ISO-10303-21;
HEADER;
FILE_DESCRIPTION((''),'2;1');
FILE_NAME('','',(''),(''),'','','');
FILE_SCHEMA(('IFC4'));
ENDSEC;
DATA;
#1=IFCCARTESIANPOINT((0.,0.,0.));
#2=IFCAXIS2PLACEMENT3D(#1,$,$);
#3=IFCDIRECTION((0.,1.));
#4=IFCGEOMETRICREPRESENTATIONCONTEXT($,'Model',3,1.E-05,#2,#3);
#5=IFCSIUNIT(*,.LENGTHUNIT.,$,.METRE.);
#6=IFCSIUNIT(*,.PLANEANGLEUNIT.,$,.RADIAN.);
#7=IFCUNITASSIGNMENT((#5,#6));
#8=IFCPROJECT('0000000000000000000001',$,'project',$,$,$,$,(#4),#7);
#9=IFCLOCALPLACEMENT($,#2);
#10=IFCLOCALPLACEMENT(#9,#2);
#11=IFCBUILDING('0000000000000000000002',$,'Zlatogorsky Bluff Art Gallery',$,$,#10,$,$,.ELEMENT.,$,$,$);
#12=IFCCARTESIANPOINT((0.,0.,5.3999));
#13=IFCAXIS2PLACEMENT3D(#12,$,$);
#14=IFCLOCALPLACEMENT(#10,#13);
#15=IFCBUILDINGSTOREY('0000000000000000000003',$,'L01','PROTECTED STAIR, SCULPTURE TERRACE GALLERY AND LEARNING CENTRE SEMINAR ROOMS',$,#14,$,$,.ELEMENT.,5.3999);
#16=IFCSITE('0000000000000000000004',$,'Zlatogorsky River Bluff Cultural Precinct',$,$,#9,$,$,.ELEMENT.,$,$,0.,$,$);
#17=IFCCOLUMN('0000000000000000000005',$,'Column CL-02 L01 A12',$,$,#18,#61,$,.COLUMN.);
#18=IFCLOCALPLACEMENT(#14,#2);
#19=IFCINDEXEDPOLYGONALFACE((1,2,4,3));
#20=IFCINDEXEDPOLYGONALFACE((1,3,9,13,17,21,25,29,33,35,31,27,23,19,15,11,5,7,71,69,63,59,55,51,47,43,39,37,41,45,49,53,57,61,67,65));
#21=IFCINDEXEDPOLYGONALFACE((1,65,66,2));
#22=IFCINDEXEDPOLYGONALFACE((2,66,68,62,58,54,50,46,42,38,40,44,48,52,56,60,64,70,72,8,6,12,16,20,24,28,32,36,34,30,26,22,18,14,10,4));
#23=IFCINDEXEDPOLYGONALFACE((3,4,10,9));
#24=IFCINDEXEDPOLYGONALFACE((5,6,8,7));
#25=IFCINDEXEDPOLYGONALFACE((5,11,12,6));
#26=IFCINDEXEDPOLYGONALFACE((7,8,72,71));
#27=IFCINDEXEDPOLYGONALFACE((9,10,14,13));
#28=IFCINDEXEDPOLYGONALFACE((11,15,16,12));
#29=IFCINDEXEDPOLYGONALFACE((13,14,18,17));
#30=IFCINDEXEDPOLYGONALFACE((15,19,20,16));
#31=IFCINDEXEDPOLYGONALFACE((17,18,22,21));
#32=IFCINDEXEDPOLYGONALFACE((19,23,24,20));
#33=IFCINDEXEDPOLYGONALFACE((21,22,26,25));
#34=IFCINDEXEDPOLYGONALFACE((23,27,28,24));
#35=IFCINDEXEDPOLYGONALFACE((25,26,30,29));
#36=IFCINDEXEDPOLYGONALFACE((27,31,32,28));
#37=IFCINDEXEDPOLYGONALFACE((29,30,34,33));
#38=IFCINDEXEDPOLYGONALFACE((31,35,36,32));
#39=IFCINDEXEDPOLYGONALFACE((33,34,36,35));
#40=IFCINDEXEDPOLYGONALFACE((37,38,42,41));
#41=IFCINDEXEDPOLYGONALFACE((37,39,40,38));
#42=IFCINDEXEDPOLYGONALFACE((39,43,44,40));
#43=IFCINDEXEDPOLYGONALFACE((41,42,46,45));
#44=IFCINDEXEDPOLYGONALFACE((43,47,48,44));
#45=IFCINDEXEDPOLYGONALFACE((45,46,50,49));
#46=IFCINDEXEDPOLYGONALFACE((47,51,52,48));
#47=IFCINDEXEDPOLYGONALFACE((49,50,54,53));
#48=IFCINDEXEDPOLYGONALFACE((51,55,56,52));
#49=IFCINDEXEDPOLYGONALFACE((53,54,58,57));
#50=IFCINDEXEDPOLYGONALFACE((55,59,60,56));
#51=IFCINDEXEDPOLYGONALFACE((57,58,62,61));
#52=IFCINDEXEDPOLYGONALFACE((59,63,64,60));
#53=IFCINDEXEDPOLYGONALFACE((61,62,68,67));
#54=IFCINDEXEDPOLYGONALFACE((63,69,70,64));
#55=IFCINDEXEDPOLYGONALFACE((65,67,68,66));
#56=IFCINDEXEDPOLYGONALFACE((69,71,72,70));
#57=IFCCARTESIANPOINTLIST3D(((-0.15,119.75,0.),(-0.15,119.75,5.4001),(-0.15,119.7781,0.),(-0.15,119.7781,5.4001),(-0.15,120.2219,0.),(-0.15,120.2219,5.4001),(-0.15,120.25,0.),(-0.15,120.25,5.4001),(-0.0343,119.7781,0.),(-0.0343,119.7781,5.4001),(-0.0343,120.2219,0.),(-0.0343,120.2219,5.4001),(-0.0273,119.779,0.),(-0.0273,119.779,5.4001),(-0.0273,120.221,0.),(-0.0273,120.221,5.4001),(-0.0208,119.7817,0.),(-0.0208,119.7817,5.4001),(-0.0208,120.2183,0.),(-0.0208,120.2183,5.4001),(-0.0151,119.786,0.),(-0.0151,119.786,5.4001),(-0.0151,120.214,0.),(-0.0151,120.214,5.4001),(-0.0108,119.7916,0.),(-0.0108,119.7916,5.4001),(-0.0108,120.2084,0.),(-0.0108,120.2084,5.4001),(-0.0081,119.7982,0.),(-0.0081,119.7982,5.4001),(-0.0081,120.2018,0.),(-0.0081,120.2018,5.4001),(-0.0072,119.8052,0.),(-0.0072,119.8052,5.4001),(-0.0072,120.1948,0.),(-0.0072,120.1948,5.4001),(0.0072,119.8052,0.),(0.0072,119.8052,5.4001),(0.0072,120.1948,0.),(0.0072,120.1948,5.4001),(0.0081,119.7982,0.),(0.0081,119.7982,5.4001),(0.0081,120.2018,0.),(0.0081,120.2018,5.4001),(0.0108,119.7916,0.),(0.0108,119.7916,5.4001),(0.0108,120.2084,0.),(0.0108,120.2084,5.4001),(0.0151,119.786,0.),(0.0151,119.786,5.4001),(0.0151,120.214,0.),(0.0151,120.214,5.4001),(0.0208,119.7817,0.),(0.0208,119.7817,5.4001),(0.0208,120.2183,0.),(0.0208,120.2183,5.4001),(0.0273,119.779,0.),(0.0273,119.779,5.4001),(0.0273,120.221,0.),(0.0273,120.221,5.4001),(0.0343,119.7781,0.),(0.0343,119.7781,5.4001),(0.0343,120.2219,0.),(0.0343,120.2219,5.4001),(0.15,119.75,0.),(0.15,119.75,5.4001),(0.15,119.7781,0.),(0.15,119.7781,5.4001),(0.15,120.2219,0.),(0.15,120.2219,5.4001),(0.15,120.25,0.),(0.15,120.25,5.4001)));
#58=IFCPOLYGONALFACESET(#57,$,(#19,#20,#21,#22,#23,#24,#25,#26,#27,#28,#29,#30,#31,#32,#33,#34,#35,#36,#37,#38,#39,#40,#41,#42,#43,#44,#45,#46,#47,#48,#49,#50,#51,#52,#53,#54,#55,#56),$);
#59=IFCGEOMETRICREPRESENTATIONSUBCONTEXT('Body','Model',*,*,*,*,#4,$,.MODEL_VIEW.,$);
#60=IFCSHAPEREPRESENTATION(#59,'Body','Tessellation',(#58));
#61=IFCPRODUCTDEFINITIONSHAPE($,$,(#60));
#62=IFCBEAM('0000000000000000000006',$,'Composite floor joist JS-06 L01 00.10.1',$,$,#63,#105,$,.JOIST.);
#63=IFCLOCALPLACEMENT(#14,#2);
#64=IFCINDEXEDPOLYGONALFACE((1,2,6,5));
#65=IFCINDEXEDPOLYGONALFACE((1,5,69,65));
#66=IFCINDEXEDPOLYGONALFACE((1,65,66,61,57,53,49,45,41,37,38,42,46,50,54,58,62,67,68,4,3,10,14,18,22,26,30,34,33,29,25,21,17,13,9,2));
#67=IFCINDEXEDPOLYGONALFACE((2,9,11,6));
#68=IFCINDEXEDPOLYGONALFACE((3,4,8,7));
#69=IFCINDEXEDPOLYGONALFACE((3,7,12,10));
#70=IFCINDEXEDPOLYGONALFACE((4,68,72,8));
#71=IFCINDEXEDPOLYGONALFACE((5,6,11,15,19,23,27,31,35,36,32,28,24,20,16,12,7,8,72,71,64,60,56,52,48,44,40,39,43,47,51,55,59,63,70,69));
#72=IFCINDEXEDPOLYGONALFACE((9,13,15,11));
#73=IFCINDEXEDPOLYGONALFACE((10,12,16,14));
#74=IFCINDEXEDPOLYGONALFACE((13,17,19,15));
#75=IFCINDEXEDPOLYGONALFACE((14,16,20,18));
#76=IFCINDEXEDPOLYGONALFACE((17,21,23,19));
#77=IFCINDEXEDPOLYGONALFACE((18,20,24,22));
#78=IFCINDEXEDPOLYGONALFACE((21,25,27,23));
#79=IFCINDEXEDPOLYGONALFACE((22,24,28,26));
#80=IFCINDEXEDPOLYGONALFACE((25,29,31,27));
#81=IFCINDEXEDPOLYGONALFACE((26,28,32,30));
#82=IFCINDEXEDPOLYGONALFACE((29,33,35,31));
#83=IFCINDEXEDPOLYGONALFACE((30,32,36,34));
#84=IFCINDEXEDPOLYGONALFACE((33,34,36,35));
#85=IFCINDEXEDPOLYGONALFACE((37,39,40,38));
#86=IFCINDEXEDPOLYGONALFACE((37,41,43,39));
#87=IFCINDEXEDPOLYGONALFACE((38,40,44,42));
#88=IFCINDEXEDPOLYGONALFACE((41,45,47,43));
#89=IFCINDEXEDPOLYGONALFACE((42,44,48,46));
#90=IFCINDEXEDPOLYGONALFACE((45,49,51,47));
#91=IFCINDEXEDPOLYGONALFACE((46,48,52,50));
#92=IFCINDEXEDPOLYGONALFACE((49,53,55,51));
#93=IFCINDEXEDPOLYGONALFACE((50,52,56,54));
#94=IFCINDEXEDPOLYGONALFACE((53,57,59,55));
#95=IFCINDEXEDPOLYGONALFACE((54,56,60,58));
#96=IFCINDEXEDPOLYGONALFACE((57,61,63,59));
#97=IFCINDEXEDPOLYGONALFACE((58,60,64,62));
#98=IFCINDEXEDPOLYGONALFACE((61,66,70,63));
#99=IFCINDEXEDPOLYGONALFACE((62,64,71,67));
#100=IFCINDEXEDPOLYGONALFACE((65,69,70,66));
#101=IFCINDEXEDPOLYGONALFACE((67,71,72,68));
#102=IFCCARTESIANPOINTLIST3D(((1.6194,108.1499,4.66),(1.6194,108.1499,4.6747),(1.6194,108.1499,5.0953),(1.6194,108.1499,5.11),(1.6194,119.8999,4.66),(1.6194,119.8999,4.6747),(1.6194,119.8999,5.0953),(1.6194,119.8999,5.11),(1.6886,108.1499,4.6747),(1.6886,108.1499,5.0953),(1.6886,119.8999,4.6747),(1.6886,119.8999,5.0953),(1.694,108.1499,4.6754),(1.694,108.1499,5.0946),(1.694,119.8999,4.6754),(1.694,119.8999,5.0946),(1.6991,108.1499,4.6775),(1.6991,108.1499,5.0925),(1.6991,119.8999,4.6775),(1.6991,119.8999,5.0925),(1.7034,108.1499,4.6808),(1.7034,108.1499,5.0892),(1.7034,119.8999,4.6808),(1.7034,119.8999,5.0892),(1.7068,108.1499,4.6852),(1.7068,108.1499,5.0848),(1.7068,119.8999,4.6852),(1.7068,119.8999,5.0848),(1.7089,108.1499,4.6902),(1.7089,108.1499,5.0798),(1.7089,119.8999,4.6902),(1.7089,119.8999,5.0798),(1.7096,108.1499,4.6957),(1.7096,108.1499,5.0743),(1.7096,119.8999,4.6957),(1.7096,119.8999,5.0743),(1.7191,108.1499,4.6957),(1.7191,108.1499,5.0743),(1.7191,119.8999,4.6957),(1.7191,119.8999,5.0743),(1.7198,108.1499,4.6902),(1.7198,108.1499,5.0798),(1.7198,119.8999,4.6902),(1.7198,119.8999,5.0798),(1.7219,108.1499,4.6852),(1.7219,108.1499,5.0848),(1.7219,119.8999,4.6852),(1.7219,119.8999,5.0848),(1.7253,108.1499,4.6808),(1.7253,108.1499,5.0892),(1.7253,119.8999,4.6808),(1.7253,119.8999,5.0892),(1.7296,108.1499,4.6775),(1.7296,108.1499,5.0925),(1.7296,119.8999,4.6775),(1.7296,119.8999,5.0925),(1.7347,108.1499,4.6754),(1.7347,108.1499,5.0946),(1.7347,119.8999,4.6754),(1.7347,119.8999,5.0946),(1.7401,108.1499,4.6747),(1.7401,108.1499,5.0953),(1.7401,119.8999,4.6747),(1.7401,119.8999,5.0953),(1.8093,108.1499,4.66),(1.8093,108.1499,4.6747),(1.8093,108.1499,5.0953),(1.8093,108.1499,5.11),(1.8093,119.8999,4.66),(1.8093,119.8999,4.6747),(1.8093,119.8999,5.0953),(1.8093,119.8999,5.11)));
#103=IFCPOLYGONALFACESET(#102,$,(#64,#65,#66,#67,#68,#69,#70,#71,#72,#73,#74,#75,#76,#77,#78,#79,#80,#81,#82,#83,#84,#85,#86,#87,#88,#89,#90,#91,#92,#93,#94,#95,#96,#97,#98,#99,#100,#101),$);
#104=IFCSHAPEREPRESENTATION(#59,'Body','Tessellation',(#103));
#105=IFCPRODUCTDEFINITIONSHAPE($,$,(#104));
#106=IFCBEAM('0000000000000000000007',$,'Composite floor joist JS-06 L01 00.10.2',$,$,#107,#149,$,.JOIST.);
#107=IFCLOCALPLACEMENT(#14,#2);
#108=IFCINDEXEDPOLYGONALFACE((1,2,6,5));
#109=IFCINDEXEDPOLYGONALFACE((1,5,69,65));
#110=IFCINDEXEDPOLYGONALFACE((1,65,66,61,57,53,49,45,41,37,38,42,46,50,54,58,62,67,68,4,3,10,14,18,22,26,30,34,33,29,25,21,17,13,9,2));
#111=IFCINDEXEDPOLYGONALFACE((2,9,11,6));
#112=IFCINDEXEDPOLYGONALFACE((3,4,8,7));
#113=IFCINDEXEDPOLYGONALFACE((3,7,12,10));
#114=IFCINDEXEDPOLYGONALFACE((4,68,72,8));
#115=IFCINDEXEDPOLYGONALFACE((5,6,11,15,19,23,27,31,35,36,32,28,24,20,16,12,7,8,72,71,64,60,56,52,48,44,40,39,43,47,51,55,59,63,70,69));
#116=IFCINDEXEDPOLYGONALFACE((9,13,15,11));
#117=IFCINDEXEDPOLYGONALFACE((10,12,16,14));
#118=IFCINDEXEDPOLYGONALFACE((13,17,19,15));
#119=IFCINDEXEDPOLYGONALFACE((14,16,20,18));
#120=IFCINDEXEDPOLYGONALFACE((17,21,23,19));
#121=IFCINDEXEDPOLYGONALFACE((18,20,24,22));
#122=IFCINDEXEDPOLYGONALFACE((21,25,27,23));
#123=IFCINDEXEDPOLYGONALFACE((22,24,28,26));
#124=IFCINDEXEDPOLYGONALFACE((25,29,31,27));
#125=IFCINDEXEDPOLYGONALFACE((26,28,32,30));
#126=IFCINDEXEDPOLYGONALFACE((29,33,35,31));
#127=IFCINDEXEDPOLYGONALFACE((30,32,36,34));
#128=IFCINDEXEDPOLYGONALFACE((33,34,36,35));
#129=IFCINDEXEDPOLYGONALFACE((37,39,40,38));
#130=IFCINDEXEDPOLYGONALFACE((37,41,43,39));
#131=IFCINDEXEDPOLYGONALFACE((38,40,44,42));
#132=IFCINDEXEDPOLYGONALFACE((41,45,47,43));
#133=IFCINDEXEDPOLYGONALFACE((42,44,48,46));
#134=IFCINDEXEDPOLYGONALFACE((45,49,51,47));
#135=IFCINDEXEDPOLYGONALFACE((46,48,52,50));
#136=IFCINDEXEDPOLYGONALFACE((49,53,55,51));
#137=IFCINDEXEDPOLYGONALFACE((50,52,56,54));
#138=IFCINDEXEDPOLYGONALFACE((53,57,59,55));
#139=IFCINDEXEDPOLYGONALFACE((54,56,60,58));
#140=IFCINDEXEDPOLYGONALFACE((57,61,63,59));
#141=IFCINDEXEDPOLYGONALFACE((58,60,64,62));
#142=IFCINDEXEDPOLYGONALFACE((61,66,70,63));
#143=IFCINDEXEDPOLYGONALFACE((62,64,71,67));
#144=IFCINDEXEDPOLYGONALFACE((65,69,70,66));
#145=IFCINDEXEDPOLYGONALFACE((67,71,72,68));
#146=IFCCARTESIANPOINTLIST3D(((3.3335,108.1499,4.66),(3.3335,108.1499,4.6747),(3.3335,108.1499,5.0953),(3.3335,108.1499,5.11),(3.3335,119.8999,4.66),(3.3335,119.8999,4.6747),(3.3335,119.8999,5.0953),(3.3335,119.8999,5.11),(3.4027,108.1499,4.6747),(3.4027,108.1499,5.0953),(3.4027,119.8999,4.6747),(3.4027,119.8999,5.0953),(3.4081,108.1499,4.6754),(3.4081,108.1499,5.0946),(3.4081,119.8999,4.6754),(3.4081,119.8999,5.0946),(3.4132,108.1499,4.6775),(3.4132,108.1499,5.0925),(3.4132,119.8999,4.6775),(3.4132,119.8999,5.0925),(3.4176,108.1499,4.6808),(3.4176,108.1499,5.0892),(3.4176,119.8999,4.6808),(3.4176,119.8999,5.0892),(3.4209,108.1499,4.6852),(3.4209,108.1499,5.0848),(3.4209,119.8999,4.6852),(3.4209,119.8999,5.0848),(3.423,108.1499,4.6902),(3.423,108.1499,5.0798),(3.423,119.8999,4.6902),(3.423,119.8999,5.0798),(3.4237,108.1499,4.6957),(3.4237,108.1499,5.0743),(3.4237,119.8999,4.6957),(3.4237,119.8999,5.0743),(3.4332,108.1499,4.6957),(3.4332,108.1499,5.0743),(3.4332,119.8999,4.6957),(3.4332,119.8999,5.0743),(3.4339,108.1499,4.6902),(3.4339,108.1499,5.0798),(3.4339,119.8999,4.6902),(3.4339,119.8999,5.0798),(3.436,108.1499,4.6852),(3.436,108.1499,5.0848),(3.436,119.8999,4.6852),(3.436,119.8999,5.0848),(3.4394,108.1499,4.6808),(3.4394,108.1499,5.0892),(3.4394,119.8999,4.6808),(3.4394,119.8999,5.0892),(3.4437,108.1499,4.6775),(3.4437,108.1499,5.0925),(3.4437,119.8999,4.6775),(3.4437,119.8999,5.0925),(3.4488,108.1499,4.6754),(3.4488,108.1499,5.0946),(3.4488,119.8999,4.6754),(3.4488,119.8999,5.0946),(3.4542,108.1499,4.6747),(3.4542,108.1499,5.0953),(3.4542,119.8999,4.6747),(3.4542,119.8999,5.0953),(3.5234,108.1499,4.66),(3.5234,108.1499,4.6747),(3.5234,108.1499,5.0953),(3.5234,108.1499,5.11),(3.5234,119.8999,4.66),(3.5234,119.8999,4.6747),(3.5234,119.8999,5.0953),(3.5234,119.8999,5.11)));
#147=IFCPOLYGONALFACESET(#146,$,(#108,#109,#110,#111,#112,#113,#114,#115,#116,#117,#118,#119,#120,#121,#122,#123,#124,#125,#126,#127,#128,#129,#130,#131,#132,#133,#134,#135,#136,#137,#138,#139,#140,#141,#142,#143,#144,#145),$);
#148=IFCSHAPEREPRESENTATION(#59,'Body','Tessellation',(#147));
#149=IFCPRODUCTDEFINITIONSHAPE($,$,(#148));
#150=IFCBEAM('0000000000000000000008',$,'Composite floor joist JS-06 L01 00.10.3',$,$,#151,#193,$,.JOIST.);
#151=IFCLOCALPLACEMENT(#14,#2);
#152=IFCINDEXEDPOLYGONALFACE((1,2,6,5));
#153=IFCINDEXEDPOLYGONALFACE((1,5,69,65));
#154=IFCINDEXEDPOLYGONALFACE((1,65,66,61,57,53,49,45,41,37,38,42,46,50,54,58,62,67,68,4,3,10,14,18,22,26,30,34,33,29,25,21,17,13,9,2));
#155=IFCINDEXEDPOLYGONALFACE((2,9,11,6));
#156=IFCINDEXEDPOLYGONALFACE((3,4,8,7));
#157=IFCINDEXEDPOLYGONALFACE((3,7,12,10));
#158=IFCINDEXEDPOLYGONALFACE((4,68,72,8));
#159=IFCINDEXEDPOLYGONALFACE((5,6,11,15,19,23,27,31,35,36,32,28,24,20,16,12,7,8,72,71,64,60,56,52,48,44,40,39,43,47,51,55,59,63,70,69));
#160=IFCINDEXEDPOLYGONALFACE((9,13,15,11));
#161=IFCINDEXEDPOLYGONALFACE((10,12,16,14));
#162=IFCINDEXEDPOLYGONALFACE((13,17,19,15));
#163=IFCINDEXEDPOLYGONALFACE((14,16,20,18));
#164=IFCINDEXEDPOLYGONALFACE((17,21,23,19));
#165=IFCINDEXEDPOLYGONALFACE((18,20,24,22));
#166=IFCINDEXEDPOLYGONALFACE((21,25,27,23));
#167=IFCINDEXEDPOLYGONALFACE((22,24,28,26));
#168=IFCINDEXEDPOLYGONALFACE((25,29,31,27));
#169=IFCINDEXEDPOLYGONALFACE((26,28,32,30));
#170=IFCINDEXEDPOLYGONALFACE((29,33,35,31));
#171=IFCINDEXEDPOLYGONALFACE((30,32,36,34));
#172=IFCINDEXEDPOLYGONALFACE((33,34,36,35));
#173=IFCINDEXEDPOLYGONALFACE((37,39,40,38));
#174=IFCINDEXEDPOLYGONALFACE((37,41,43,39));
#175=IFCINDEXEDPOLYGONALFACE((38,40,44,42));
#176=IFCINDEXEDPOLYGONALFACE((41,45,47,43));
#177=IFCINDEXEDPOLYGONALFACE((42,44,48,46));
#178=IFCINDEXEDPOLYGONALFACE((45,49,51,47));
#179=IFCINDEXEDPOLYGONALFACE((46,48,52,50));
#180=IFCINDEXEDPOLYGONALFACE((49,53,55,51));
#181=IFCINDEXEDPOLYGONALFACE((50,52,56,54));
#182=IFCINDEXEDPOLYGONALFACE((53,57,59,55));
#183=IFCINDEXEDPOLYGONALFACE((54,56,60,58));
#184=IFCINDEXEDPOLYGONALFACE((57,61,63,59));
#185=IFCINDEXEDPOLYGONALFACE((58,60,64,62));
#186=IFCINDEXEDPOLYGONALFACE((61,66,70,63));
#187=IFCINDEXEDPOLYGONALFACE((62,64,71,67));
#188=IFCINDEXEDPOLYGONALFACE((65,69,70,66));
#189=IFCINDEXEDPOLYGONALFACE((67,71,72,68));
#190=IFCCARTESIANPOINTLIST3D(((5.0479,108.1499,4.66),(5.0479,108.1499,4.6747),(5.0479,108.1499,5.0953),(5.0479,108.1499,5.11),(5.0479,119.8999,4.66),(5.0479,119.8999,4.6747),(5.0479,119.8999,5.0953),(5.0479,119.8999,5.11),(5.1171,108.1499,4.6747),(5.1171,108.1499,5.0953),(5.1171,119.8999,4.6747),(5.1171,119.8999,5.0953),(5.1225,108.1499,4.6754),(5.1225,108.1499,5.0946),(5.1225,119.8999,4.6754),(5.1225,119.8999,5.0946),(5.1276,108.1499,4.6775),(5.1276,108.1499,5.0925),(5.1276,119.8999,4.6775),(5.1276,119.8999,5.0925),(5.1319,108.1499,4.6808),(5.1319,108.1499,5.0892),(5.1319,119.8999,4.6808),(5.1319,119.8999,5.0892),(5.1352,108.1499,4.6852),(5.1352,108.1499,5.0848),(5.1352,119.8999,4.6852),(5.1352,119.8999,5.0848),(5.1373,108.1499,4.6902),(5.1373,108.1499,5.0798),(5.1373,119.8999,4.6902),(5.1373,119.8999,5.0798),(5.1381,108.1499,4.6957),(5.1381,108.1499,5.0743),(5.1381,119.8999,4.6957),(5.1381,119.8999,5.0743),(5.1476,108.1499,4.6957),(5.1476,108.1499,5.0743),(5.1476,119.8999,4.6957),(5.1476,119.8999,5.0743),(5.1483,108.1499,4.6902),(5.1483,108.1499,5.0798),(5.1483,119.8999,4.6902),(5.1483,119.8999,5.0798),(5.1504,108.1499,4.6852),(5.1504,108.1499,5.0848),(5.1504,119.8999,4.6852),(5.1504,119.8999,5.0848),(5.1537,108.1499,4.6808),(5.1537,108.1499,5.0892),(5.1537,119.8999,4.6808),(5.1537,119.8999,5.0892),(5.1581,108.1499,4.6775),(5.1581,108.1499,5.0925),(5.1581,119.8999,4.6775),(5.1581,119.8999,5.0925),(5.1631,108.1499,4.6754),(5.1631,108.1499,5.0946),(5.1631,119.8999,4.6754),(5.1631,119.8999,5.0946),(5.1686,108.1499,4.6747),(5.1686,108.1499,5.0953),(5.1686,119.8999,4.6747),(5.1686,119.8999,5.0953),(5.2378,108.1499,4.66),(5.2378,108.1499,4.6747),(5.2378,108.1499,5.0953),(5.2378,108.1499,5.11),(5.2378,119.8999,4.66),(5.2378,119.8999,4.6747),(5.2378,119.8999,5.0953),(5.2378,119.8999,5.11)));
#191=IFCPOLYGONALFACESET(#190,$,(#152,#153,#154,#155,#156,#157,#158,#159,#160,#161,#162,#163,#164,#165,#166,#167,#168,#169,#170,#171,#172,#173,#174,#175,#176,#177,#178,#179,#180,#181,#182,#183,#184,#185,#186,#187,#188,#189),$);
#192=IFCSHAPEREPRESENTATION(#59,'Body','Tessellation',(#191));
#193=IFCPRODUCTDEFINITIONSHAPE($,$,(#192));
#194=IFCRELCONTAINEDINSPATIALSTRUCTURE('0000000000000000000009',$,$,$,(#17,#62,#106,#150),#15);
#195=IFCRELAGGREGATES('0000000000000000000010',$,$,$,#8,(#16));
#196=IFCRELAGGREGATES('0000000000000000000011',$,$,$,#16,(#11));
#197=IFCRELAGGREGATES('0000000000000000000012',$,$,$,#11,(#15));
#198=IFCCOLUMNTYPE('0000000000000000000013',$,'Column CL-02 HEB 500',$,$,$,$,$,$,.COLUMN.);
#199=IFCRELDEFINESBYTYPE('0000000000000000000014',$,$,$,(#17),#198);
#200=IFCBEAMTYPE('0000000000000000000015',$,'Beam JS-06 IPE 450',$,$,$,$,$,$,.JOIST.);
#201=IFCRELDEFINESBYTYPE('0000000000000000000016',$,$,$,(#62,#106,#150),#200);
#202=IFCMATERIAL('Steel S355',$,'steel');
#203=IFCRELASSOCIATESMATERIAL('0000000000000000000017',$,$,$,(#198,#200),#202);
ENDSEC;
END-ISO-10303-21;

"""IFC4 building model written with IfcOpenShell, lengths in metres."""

from ifc_helpers import new_model, si_unit, direction, frame, origin, origin_2d, place, context, subcontext, project, spatial, i_section, extrude, material, material_profile, profile_set, type_object, element, save


model = new_model("IFC4")

# Units and contexts
model_context = context("Model", 3, precision=1e-05, world=origin(), true_north=direction((0.0, 1.0)))
body_context = subcontext(model_context, "Body", "Model", "MODEL_VIEW")
ifc_project = project(units=[si_unit("LENGTHUNIT", "METRE"), si_unit("PLANEANGLEUNIT", "RADIAN")], contexts=[model_context])

# Site, building, storey
site_placement = place(None, origin())
site = spatial("IfcSite", under=ifc_project, at=site_placement, Name="Zlatogorsky River Bluff Cultural Precinct", CompositionType="ELEMENT", RefElevation=0.0)
building_placement = place(site_placement, origin())
building = spatial("IfcBuilding", under=site, at=building_placement, Name="Zlatogorsky Bluff Art Gallery", CompositionType="ELEMENT")
storey_placement = place(building_placement, frame((0.0, 0.0, 5.3999)))
storey = spatial("IfcBuildingStorey", under=building, at=storey_placement, Name="L01", Description="PROTECTED STAIR, SCULPTURE TERRACE GALLERY AND LEARNING CENTRE SEMINAR ROOMS", CompositionType="ELEMENT", Elevation=5.3999)

# Column
ifc_material_1 = material(Name="Steel S355", Category="steel")
ifc_material_profile_1 = material_profile(ifc_material_1, i_section(OverallWidth=0.3, OverallDepth=0.5, WebThickness=0.0144, FlangeThickness=0.0281, FilletRadius=0.0271, at=origin_2d()), Name="HEB 500")
ifc_profile_set_1 = profile_set([ifc_material_profile_1], Name="Steel S355")
column_type = type_object("IfcColumnType", Name="Column CL-02 HEB 500", PredefinedType="COLUMN", material=ifc_profile_set_1)
column_placement = place(storey_placement, frame((0.0, 120.0, 0.0), z_axis=(0.0, 0.0, 1.0), x_axis=(1.0, 0.0, 0.0)))
element("IfcColumn", 1, at=column_placement, inside=storey, type_object=column_type, Name="Column CL-02 L01 A12", PredefinedType="COLUMN", context=body_context, shape_type="SweptSolid", body=[
    extrude(i_section(OverallWidth=0.3, OverallDepth=0.5, WebThickness=0.0144, FlangeThickness=0.0281, FilletRadius=0.0271, at=origin_2d()), origin(), (0.0, 0.0, 1.0), 5.4001),
])

# Beams
ifc_material_profile_2 = material_profile(ifc_material_1, i_section(OverallWidth=0.1899, OverallDepth=0.45, WebThickness=0.0095, FlangeThickness=0.0146, FilletRadius=0.021, at=origin_2d()), Name="IPE 450")
ifc_profile_set_2 = profile_set([ifc_material_profile_2], Name="Steel S355")
beam_type_1 = type_object("IfcBeamType", Name="Beam JS-06 IPE 450", PredefinedType="JOIST", material=ifc_profile_set_2)
for number, where, z_axis, x_axis, name in (
    (2, (1.7144, 108.1499, 4.885), (0.0, 1.0, 0.0), (-1.0, 0.0, 0.0), "Composite floor joist JS-06 L01 00.10.1"),
    (3, (3.4285, 108.1499, 4.885), (0.0, 1.0, 0.0), (-1.0, 0.0, 0.0), "Composite floor joist JS-06 L01 00.10.2"),
    (4, (5.1428, 108.1499, 4.885), (0.0, 1.0, 0.0), (-1.0, 0.0, 0.0), "Composite floor joist JS-06 L01 00.10.3"),
):
    element("IfcBeam", number, at=place(storey_placement, frame(where, z_axis=z_axis, x_axis=x_axis)), inside=storey, type_object=beam_type_1, Name=name, PredefinedType="JOIST", context=body_context, shape_type="SweptSolid", body=[
        extrude(i_section(OverallWidth=0.1899, OverallDepth=0.45, WebThickness=0.0095, FlangeThickness=0.0146, FilletRadius=0.021, at=origin_2d()), origin(), (0.0, 0.0, 1.0), 11.75),
    ])

save(model, "model.ifc")
